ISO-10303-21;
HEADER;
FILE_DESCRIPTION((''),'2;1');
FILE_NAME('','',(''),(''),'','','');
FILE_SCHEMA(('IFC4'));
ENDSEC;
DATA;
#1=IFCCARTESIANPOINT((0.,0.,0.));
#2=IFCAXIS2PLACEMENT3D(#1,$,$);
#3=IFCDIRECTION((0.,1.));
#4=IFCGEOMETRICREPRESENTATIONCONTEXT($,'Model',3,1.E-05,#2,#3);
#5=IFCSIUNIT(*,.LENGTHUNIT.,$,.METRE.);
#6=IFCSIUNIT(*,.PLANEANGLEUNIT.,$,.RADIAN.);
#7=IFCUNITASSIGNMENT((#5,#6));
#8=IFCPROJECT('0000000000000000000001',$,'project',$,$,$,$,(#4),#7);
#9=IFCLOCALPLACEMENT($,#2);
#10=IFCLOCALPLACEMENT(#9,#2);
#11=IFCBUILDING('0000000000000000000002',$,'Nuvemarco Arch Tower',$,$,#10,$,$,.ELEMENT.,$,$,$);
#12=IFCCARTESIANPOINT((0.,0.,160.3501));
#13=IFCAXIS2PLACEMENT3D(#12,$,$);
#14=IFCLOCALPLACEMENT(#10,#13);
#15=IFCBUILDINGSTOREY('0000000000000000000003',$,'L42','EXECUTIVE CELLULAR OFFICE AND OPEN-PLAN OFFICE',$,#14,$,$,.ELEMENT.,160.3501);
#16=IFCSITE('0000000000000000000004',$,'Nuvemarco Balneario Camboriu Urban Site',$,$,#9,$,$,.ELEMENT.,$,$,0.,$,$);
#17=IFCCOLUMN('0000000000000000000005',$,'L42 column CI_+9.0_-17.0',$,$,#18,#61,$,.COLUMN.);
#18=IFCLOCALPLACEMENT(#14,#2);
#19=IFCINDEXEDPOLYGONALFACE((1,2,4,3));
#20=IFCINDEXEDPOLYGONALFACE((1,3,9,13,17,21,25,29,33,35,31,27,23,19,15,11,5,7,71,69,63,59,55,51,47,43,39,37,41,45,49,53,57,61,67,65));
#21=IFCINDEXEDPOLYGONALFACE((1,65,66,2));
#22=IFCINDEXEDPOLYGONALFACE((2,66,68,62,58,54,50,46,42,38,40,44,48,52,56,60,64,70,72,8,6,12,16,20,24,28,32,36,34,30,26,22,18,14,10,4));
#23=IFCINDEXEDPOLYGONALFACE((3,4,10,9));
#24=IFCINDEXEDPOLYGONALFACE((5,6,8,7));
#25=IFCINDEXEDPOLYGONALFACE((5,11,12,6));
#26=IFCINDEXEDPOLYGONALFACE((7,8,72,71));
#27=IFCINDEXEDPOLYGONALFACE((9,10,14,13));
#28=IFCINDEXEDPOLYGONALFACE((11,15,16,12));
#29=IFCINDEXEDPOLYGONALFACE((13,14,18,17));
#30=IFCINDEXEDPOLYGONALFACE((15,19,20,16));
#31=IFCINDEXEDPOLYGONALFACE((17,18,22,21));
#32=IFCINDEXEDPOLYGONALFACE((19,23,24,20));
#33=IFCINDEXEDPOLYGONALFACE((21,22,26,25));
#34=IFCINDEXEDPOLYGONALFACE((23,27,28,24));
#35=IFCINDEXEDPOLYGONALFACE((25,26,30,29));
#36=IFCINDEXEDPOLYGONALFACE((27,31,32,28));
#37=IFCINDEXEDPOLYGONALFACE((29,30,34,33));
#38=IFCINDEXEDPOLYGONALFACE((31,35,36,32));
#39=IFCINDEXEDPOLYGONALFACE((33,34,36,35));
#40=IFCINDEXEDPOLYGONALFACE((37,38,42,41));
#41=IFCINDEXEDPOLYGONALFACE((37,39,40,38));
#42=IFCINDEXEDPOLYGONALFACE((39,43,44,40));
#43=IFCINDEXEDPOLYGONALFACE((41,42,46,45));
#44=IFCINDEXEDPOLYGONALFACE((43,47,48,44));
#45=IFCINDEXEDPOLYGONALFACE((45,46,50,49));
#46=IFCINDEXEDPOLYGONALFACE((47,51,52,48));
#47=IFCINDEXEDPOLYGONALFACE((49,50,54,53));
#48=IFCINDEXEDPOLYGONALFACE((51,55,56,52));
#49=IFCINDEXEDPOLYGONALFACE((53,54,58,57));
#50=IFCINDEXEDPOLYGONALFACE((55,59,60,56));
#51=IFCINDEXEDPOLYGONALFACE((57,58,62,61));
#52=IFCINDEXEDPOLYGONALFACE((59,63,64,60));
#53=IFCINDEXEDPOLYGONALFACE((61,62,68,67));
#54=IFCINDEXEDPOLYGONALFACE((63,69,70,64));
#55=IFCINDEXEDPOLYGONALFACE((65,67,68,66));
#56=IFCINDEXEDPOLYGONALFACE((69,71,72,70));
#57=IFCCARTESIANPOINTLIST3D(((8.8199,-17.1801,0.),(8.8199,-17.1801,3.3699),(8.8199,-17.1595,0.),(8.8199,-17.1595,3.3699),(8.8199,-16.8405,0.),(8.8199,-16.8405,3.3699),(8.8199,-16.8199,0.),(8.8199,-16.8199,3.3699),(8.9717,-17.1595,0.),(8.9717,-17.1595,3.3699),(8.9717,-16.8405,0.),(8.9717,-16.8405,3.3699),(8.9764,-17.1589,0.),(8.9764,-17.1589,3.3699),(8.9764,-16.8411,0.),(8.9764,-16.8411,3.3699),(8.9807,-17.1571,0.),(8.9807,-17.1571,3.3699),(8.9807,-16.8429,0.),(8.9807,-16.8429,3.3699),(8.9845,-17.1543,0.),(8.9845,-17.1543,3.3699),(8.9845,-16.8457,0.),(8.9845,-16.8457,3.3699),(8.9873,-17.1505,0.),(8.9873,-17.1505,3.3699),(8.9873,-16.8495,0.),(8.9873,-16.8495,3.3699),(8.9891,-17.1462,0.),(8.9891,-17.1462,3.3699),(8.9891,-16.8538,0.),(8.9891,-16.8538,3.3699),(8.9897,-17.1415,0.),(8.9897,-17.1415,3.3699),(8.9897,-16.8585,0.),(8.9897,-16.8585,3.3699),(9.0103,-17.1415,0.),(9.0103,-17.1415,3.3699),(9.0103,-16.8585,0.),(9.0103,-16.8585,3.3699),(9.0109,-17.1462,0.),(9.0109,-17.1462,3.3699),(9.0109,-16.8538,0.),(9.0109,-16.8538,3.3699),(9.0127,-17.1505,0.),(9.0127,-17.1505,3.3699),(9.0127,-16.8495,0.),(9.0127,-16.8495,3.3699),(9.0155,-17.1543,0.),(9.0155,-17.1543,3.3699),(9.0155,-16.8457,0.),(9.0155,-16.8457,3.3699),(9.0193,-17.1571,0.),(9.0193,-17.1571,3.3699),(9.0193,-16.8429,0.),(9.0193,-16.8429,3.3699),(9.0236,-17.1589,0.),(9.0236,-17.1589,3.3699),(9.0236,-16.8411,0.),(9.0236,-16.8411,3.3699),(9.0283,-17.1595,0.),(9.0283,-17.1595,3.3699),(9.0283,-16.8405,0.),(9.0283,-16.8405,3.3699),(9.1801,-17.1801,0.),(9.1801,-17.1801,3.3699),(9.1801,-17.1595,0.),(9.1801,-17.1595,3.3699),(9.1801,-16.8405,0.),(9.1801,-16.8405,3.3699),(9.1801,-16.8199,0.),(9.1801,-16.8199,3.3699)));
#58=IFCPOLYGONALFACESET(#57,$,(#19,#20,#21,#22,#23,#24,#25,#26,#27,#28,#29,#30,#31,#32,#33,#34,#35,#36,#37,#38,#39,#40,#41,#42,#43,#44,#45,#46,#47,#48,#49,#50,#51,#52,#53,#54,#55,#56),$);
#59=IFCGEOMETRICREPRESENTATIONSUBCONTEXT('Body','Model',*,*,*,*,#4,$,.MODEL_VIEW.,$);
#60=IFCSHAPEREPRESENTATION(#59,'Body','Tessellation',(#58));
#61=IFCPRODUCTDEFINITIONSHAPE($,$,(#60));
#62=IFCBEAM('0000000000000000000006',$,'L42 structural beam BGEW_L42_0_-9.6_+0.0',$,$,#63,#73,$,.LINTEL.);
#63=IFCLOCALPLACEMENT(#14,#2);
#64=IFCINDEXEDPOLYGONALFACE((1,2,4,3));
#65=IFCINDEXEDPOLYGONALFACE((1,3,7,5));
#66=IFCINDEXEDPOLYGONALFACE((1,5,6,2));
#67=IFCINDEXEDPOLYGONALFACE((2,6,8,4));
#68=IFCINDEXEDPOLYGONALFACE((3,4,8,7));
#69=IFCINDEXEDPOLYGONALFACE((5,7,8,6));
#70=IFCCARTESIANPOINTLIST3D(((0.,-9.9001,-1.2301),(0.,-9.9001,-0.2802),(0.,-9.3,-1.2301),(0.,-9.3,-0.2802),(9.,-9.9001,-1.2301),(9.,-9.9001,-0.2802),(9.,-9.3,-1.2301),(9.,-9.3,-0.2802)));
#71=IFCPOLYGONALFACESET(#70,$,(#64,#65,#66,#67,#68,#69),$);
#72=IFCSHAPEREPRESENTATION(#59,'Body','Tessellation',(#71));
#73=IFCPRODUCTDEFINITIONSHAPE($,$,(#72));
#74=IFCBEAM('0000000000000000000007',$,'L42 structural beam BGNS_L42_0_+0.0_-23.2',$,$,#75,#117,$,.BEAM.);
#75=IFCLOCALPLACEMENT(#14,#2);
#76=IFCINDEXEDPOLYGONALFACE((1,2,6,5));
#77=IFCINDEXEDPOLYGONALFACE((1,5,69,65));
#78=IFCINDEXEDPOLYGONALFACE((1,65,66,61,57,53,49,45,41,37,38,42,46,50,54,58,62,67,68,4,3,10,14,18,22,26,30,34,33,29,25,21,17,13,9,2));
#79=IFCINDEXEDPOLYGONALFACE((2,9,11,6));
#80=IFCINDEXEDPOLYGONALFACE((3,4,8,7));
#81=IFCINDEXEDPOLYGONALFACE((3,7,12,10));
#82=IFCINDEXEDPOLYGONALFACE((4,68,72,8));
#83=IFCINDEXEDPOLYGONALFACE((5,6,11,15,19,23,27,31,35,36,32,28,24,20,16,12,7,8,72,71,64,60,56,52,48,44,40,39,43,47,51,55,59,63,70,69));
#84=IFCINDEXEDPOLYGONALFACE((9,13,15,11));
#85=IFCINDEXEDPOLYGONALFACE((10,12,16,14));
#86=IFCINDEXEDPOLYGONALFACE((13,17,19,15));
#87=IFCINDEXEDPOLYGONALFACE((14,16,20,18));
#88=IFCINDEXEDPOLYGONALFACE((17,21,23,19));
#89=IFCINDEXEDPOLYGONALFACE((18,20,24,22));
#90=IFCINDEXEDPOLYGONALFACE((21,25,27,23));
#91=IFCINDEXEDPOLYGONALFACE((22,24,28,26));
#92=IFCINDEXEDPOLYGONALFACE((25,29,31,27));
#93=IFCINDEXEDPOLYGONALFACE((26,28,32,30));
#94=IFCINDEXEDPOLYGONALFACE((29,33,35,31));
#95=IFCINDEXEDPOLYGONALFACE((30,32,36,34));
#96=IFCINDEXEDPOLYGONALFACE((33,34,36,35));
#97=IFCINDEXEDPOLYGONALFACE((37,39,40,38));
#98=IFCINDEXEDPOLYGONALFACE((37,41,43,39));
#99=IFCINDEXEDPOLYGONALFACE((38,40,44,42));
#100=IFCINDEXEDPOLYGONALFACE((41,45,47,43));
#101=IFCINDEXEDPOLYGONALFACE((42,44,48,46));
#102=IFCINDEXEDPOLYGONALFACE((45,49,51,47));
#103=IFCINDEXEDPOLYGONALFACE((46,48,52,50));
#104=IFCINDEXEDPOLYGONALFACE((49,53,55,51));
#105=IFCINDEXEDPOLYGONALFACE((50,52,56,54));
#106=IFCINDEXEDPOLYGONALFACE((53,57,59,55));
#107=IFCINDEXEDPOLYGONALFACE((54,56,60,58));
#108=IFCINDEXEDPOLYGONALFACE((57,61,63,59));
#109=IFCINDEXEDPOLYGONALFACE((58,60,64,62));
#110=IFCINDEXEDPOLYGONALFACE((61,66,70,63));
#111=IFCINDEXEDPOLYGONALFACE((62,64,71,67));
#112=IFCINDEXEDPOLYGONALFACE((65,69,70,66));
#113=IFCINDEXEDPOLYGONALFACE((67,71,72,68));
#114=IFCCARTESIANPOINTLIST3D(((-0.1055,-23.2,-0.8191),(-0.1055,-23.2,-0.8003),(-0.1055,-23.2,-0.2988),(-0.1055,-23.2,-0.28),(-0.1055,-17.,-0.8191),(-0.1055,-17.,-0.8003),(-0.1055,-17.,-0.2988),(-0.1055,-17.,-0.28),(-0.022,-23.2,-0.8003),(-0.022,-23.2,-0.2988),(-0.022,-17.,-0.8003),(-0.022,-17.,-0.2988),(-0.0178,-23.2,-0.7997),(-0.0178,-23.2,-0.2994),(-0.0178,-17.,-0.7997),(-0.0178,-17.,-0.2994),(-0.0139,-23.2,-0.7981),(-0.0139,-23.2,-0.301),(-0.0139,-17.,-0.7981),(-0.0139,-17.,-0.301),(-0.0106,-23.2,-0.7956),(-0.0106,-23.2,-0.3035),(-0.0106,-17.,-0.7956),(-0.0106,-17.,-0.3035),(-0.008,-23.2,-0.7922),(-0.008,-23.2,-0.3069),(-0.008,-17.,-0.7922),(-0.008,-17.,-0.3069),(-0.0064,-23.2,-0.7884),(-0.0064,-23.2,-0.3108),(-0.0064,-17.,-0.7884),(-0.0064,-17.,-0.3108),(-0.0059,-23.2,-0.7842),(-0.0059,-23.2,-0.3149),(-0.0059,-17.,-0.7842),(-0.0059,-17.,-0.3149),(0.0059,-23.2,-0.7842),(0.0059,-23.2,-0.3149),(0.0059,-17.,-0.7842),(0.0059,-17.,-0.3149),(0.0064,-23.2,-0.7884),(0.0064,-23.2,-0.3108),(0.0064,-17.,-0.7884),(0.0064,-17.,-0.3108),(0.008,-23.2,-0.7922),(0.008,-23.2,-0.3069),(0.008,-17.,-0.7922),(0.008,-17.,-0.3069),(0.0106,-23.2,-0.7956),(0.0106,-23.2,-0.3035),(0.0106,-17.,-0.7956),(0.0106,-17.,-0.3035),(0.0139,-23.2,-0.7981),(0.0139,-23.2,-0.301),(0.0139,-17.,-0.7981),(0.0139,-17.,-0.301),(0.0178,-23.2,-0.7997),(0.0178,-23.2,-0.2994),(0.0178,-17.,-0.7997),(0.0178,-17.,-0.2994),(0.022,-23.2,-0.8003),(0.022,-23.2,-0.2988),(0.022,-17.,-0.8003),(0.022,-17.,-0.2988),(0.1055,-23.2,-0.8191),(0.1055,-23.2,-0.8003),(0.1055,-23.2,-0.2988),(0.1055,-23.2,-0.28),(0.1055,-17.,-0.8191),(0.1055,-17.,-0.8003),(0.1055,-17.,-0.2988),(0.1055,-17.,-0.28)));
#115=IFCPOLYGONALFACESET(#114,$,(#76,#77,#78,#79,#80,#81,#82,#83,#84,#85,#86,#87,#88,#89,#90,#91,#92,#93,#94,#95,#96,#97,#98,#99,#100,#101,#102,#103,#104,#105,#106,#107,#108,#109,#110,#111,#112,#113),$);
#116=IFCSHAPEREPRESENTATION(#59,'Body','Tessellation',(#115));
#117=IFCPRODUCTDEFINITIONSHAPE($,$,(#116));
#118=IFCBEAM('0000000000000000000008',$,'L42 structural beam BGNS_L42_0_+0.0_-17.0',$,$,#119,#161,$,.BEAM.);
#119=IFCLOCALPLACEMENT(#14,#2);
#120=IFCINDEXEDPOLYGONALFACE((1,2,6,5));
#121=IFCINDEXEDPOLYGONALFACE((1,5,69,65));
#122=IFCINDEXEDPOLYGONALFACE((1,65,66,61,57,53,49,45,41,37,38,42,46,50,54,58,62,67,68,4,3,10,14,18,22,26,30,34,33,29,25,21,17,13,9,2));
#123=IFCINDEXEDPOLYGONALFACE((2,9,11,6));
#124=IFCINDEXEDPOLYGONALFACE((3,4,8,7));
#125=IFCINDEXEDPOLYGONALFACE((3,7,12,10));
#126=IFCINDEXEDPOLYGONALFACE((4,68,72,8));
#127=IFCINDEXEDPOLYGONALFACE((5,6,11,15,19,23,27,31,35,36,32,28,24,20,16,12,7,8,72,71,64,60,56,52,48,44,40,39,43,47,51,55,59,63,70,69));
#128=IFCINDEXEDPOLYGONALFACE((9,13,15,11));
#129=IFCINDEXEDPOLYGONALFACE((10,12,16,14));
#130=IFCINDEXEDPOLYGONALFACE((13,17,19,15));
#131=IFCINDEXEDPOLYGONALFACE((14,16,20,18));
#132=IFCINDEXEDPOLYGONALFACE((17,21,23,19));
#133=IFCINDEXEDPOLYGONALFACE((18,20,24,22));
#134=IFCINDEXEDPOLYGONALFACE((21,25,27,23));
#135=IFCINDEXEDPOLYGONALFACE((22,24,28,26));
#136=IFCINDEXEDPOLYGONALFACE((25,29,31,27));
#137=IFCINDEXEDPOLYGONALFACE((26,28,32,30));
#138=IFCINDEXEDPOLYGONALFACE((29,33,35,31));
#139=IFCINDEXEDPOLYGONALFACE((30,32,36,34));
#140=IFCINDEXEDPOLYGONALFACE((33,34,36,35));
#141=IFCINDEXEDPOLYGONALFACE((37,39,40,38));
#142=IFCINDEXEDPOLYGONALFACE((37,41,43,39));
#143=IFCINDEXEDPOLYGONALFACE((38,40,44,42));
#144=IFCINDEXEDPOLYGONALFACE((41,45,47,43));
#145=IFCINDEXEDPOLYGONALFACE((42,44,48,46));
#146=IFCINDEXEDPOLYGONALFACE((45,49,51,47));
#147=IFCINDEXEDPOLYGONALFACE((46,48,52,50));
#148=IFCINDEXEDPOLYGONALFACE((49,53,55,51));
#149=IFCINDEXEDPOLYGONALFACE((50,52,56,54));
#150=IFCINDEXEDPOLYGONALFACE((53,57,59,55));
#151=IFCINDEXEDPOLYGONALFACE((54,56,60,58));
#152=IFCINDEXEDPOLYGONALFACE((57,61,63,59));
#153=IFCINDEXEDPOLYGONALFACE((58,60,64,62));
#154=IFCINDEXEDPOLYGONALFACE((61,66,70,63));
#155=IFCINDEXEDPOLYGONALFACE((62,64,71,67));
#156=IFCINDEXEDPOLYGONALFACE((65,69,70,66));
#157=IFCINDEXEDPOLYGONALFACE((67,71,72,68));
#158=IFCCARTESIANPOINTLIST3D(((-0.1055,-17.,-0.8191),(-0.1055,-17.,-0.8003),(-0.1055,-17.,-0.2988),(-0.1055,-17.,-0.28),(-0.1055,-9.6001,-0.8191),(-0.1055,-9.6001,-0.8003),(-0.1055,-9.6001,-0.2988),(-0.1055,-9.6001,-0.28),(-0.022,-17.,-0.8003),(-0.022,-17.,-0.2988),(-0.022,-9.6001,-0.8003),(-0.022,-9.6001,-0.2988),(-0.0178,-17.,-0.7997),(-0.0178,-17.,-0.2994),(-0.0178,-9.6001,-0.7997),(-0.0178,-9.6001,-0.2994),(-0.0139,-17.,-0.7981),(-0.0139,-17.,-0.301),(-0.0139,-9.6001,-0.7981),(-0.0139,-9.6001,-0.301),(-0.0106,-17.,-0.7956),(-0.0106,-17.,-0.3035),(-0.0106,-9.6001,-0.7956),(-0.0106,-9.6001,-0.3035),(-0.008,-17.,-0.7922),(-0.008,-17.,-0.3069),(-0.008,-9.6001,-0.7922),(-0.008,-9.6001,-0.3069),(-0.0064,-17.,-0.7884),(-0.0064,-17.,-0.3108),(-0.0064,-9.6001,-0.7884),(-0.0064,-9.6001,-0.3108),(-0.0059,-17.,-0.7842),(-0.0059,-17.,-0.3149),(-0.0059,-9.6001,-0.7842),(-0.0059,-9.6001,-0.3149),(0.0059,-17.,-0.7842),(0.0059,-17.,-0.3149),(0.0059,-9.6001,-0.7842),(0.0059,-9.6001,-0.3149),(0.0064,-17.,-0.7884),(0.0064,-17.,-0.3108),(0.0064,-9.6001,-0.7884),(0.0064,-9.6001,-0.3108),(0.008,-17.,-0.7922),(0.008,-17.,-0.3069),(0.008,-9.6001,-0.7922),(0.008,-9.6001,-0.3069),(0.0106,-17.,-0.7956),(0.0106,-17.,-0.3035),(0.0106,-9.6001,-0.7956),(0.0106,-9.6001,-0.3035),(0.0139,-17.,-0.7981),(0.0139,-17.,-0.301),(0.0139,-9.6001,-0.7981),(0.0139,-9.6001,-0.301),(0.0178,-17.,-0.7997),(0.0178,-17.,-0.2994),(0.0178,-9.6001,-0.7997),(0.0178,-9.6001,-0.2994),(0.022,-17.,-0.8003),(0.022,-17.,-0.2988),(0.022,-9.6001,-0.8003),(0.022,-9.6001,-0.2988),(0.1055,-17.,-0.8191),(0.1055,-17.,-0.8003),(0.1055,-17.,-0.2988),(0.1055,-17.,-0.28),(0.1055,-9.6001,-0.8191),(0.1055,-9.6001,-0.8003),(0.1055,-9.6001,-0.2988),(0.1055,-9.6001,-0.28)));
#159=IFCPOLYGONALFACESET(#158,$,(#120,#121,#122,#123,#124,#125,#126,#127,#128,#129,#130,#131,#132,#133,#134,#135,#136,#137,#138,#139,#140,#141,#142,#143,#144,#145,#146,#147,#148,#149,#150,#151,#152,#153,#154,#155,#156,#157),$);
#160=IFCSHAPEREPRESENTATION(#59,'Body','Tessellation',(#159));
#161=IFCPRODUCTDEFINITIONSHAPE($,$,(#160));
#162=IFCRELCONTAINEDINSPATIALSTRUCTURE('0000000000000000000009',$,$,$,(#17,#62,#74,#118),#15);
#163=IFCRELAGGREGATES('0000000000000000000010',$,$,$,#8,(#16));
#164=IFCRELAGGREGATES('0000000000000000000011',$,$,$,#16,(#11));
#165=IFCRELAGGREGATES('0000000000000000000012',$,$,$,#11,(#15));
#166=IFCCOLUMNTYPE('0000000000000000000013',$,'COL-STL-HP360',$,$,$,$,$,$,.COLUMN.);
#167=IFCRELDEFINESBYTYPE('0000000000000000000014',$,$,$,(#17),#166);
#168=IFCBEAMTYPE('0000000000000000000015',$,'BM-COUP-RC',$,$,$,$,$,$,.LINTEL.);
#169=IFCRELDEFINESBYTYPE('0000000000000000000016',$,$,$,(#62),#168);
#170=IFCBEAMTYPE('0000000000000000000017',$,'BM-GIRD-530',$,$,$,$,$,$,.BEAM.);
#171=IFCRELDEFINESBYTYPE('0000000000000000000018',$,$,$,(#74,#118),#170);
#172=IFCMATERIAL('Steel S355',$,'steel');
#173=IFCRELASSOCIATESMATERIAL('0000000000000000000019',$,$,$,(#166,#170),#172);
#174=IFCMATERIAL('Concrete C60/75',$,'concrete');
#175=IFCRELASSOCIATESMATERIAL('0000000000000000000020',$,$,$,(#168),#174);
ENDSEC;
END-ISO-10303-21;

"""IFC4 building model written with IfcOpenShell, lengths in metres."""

from ifc_helpers import new_model, si_unit, direction, frame, origin, origin_2d, place, context, subcontext, project, spatial, rectangle, i_section, extrude, material, material_profile, profile_set, type_object, element, save


model = new_model("IFC4")

# Units and contexts
model_context = context("Model", 3, precision=1e-05, world=origin(), true_north=direction((0.0, 1.0)))
body_context = subcontext(model_context, "Body", "Model", "MODEL_VIEW")
ifc_project = project(units=[si_unit("LENGTHUNIT", "METRE"), si_unit("PLANEANGLEUNIT", "RADIAN")], contexts=[model_context])

# Site, building, storey
site_placement = place(None, origin())
site = spatial("IfcSite", under=ifc_project, at=site_placement, Name="Nuvemarco Balneario Camboriu Urban Site", CompositionType="ELEMENT", RefElevation=0.0)
building_placement = place(site_placement, origin())
building = spatial("IfcBuilding", under=site, at=building_placement, Name="Nuvemarco Arch Tower", CompositionType="ELEMENT")
storey_placement = place(building_placement, frame((0.0, 0.0, 160.3501)))
storey = spatial("IfcBuildingStorey", under=building, at=storey_placement, Name="L42", Description="EXECUTIVE CELLULAR OFFICE AND OPEN-PLAN OFFICE", CompositionType="ELEMENT", Elevation=160.3501)

# Column
ifc_material_1 = material(Name="Steel S355", Category="steel")
ifc_material_profile_1 = material_profile(ifc_material_1, i_section(OverallWidth=0.3601, OverallDepth=0.3601, WebThickness=0.0205, FlangeThickness=0.0205, FilletRadius=0.0181, at=origin_2d()), Name="HP360x174")
ifc_profile_set_1 = profile_set([ifc_material_profile_1], Name="Steel S355")
column_type_1 = type_object("IfcColumnType", Name="COL-STL-HP360", PredefinedType="COLUMN", material=ifc_profile_set_1)
for number, where, z_axis, x_axis, name in (
    (1, (9.0, -17.0, 0.0), (0.0, 0.0, 1.0), (1.0, 0.0, 0.0), "L42 column CI_+9.0_-17.0"),
):
    element("IfcColumn", number, at=place(storey_placement, frame(where, z_axis=z_axis, x_axis=x_axis)), inside=storey, type_object=column_type_1, Name=name, PredefinedType="COLUMN", context=body_context, shape_type="SweptSolid", body=[
        extrude(i_section(OverallWidth=0.3601, OverallDepth=0.3601, WebThickness=0.0205, FlangeThickness=0.0205, FilletRadius=0.0181, at=origin_2d()), origin(), (0.0, 0.0, 1.0), 3.3699),
    ])

# Beams
ifc_material_2 = material(Name="Concrete C60/75", Category="concrete")
ifc_material_profile_2 = material_profile(ifc_material_2, rectangle(XDim=0.6001, YDim=0.95, at=origin_2d()), Name="RC-BM-600x950")
ifc_profile_set_2 = profile_set([ifc_material_profile_2], Name="Concrete C60/75")
beam_type_1 = type_object("IfcBeamType", Name="BM-COUP-RC", PredefinedType="LINTEL", material=ifc_profile_set_2)
beam_1_placement = place(storey_placement, frame((0.0, -9.6001, -0.7551), z_axis=(1.0, 0.0, 0.0), x_axis=(0.0, 1.0, 0.0)))
element("IfcBeam", 2, at=beam_1_placement, inside=storey, type_object=beam_type_1, Name="L42 structural beam BGEW_L42_0_-9.6_+0.0", PredefinedType="LINTEL", context=body_context, shape_type="SweptSolid", body=[
    extrude(rectangle(XDim=0.6001, YDim=0.95, at=origin_2d()), origin(), (0.0, 0.0, 1.0), 9.0),
])
ifc_material_profile_3 = material_profile(ifc_material_1, i_section(OverallWidth=0.2109, OverallDepth=0.5391, WebThickness=0.0117, FlangeThickness=0.0188, FilletRadius=0.0161, at=origin_2d()), Name="W530x109")
ifc_profile_set_3 = profile_set([ifc_material_profile_3], Name="Steel S355")
beam_type_2 = type_object("IfcBeamType", Name="BM-GIRD-530", PredefinedType="BEAM", material=ifc_profile_set_3)
beam_2_placement = place(storey_placement, frame((0.0, -23.2, -0.5496), z_axis=(0.0, 1.0, 0.0), x_axis=(-1.0, 0.0, 0.0)))
element("IfcBeam", 3, at=beam_2_placement, inside=storey, type_object=beam_type_2, Name="L42 structural beam BGNS_L42_0_+0.0_-23.2", PredefinedType="BEAM", context=body_context, shape_type="SweptSolid", body=[
    extrude(i_section(OverallWidth=0.2109, OverallDepth=0.5391, WebThickness=0.0117, FlangeThickness=0.0188, FilletRadius=0.0161, at=origin_2d()), origin(), (0.0, 0.0, 1.0), 6.2),
])
beam_3_placement = place(storey_placement, frame((0.0, -17.0, -0.5496), z_axis=(0.0, 1.0, 0.0), x_axis=(-1.0, 0.0, 0.0)))
element("IfcBeam", 4, at=beam_3_placement, inside=storey, type_object=beam_type_2, Name="L42 structural beam BGNS_L42_0_+0.0_-17.0", PredefinedType="BEAM", context=body_context, shape_type="SweptSolid", body=[
    extrude(i_section(OverallWidth=0.2109, OverallDepth=0.5391, WebThickness=0.0117, FlangeThickness=0.0188, FilletRadius=0.0161, at=origin_2d()), origin(), (0.0, 0.0, 1.0), 7.3999),
])

save(model, "model.ifc")
